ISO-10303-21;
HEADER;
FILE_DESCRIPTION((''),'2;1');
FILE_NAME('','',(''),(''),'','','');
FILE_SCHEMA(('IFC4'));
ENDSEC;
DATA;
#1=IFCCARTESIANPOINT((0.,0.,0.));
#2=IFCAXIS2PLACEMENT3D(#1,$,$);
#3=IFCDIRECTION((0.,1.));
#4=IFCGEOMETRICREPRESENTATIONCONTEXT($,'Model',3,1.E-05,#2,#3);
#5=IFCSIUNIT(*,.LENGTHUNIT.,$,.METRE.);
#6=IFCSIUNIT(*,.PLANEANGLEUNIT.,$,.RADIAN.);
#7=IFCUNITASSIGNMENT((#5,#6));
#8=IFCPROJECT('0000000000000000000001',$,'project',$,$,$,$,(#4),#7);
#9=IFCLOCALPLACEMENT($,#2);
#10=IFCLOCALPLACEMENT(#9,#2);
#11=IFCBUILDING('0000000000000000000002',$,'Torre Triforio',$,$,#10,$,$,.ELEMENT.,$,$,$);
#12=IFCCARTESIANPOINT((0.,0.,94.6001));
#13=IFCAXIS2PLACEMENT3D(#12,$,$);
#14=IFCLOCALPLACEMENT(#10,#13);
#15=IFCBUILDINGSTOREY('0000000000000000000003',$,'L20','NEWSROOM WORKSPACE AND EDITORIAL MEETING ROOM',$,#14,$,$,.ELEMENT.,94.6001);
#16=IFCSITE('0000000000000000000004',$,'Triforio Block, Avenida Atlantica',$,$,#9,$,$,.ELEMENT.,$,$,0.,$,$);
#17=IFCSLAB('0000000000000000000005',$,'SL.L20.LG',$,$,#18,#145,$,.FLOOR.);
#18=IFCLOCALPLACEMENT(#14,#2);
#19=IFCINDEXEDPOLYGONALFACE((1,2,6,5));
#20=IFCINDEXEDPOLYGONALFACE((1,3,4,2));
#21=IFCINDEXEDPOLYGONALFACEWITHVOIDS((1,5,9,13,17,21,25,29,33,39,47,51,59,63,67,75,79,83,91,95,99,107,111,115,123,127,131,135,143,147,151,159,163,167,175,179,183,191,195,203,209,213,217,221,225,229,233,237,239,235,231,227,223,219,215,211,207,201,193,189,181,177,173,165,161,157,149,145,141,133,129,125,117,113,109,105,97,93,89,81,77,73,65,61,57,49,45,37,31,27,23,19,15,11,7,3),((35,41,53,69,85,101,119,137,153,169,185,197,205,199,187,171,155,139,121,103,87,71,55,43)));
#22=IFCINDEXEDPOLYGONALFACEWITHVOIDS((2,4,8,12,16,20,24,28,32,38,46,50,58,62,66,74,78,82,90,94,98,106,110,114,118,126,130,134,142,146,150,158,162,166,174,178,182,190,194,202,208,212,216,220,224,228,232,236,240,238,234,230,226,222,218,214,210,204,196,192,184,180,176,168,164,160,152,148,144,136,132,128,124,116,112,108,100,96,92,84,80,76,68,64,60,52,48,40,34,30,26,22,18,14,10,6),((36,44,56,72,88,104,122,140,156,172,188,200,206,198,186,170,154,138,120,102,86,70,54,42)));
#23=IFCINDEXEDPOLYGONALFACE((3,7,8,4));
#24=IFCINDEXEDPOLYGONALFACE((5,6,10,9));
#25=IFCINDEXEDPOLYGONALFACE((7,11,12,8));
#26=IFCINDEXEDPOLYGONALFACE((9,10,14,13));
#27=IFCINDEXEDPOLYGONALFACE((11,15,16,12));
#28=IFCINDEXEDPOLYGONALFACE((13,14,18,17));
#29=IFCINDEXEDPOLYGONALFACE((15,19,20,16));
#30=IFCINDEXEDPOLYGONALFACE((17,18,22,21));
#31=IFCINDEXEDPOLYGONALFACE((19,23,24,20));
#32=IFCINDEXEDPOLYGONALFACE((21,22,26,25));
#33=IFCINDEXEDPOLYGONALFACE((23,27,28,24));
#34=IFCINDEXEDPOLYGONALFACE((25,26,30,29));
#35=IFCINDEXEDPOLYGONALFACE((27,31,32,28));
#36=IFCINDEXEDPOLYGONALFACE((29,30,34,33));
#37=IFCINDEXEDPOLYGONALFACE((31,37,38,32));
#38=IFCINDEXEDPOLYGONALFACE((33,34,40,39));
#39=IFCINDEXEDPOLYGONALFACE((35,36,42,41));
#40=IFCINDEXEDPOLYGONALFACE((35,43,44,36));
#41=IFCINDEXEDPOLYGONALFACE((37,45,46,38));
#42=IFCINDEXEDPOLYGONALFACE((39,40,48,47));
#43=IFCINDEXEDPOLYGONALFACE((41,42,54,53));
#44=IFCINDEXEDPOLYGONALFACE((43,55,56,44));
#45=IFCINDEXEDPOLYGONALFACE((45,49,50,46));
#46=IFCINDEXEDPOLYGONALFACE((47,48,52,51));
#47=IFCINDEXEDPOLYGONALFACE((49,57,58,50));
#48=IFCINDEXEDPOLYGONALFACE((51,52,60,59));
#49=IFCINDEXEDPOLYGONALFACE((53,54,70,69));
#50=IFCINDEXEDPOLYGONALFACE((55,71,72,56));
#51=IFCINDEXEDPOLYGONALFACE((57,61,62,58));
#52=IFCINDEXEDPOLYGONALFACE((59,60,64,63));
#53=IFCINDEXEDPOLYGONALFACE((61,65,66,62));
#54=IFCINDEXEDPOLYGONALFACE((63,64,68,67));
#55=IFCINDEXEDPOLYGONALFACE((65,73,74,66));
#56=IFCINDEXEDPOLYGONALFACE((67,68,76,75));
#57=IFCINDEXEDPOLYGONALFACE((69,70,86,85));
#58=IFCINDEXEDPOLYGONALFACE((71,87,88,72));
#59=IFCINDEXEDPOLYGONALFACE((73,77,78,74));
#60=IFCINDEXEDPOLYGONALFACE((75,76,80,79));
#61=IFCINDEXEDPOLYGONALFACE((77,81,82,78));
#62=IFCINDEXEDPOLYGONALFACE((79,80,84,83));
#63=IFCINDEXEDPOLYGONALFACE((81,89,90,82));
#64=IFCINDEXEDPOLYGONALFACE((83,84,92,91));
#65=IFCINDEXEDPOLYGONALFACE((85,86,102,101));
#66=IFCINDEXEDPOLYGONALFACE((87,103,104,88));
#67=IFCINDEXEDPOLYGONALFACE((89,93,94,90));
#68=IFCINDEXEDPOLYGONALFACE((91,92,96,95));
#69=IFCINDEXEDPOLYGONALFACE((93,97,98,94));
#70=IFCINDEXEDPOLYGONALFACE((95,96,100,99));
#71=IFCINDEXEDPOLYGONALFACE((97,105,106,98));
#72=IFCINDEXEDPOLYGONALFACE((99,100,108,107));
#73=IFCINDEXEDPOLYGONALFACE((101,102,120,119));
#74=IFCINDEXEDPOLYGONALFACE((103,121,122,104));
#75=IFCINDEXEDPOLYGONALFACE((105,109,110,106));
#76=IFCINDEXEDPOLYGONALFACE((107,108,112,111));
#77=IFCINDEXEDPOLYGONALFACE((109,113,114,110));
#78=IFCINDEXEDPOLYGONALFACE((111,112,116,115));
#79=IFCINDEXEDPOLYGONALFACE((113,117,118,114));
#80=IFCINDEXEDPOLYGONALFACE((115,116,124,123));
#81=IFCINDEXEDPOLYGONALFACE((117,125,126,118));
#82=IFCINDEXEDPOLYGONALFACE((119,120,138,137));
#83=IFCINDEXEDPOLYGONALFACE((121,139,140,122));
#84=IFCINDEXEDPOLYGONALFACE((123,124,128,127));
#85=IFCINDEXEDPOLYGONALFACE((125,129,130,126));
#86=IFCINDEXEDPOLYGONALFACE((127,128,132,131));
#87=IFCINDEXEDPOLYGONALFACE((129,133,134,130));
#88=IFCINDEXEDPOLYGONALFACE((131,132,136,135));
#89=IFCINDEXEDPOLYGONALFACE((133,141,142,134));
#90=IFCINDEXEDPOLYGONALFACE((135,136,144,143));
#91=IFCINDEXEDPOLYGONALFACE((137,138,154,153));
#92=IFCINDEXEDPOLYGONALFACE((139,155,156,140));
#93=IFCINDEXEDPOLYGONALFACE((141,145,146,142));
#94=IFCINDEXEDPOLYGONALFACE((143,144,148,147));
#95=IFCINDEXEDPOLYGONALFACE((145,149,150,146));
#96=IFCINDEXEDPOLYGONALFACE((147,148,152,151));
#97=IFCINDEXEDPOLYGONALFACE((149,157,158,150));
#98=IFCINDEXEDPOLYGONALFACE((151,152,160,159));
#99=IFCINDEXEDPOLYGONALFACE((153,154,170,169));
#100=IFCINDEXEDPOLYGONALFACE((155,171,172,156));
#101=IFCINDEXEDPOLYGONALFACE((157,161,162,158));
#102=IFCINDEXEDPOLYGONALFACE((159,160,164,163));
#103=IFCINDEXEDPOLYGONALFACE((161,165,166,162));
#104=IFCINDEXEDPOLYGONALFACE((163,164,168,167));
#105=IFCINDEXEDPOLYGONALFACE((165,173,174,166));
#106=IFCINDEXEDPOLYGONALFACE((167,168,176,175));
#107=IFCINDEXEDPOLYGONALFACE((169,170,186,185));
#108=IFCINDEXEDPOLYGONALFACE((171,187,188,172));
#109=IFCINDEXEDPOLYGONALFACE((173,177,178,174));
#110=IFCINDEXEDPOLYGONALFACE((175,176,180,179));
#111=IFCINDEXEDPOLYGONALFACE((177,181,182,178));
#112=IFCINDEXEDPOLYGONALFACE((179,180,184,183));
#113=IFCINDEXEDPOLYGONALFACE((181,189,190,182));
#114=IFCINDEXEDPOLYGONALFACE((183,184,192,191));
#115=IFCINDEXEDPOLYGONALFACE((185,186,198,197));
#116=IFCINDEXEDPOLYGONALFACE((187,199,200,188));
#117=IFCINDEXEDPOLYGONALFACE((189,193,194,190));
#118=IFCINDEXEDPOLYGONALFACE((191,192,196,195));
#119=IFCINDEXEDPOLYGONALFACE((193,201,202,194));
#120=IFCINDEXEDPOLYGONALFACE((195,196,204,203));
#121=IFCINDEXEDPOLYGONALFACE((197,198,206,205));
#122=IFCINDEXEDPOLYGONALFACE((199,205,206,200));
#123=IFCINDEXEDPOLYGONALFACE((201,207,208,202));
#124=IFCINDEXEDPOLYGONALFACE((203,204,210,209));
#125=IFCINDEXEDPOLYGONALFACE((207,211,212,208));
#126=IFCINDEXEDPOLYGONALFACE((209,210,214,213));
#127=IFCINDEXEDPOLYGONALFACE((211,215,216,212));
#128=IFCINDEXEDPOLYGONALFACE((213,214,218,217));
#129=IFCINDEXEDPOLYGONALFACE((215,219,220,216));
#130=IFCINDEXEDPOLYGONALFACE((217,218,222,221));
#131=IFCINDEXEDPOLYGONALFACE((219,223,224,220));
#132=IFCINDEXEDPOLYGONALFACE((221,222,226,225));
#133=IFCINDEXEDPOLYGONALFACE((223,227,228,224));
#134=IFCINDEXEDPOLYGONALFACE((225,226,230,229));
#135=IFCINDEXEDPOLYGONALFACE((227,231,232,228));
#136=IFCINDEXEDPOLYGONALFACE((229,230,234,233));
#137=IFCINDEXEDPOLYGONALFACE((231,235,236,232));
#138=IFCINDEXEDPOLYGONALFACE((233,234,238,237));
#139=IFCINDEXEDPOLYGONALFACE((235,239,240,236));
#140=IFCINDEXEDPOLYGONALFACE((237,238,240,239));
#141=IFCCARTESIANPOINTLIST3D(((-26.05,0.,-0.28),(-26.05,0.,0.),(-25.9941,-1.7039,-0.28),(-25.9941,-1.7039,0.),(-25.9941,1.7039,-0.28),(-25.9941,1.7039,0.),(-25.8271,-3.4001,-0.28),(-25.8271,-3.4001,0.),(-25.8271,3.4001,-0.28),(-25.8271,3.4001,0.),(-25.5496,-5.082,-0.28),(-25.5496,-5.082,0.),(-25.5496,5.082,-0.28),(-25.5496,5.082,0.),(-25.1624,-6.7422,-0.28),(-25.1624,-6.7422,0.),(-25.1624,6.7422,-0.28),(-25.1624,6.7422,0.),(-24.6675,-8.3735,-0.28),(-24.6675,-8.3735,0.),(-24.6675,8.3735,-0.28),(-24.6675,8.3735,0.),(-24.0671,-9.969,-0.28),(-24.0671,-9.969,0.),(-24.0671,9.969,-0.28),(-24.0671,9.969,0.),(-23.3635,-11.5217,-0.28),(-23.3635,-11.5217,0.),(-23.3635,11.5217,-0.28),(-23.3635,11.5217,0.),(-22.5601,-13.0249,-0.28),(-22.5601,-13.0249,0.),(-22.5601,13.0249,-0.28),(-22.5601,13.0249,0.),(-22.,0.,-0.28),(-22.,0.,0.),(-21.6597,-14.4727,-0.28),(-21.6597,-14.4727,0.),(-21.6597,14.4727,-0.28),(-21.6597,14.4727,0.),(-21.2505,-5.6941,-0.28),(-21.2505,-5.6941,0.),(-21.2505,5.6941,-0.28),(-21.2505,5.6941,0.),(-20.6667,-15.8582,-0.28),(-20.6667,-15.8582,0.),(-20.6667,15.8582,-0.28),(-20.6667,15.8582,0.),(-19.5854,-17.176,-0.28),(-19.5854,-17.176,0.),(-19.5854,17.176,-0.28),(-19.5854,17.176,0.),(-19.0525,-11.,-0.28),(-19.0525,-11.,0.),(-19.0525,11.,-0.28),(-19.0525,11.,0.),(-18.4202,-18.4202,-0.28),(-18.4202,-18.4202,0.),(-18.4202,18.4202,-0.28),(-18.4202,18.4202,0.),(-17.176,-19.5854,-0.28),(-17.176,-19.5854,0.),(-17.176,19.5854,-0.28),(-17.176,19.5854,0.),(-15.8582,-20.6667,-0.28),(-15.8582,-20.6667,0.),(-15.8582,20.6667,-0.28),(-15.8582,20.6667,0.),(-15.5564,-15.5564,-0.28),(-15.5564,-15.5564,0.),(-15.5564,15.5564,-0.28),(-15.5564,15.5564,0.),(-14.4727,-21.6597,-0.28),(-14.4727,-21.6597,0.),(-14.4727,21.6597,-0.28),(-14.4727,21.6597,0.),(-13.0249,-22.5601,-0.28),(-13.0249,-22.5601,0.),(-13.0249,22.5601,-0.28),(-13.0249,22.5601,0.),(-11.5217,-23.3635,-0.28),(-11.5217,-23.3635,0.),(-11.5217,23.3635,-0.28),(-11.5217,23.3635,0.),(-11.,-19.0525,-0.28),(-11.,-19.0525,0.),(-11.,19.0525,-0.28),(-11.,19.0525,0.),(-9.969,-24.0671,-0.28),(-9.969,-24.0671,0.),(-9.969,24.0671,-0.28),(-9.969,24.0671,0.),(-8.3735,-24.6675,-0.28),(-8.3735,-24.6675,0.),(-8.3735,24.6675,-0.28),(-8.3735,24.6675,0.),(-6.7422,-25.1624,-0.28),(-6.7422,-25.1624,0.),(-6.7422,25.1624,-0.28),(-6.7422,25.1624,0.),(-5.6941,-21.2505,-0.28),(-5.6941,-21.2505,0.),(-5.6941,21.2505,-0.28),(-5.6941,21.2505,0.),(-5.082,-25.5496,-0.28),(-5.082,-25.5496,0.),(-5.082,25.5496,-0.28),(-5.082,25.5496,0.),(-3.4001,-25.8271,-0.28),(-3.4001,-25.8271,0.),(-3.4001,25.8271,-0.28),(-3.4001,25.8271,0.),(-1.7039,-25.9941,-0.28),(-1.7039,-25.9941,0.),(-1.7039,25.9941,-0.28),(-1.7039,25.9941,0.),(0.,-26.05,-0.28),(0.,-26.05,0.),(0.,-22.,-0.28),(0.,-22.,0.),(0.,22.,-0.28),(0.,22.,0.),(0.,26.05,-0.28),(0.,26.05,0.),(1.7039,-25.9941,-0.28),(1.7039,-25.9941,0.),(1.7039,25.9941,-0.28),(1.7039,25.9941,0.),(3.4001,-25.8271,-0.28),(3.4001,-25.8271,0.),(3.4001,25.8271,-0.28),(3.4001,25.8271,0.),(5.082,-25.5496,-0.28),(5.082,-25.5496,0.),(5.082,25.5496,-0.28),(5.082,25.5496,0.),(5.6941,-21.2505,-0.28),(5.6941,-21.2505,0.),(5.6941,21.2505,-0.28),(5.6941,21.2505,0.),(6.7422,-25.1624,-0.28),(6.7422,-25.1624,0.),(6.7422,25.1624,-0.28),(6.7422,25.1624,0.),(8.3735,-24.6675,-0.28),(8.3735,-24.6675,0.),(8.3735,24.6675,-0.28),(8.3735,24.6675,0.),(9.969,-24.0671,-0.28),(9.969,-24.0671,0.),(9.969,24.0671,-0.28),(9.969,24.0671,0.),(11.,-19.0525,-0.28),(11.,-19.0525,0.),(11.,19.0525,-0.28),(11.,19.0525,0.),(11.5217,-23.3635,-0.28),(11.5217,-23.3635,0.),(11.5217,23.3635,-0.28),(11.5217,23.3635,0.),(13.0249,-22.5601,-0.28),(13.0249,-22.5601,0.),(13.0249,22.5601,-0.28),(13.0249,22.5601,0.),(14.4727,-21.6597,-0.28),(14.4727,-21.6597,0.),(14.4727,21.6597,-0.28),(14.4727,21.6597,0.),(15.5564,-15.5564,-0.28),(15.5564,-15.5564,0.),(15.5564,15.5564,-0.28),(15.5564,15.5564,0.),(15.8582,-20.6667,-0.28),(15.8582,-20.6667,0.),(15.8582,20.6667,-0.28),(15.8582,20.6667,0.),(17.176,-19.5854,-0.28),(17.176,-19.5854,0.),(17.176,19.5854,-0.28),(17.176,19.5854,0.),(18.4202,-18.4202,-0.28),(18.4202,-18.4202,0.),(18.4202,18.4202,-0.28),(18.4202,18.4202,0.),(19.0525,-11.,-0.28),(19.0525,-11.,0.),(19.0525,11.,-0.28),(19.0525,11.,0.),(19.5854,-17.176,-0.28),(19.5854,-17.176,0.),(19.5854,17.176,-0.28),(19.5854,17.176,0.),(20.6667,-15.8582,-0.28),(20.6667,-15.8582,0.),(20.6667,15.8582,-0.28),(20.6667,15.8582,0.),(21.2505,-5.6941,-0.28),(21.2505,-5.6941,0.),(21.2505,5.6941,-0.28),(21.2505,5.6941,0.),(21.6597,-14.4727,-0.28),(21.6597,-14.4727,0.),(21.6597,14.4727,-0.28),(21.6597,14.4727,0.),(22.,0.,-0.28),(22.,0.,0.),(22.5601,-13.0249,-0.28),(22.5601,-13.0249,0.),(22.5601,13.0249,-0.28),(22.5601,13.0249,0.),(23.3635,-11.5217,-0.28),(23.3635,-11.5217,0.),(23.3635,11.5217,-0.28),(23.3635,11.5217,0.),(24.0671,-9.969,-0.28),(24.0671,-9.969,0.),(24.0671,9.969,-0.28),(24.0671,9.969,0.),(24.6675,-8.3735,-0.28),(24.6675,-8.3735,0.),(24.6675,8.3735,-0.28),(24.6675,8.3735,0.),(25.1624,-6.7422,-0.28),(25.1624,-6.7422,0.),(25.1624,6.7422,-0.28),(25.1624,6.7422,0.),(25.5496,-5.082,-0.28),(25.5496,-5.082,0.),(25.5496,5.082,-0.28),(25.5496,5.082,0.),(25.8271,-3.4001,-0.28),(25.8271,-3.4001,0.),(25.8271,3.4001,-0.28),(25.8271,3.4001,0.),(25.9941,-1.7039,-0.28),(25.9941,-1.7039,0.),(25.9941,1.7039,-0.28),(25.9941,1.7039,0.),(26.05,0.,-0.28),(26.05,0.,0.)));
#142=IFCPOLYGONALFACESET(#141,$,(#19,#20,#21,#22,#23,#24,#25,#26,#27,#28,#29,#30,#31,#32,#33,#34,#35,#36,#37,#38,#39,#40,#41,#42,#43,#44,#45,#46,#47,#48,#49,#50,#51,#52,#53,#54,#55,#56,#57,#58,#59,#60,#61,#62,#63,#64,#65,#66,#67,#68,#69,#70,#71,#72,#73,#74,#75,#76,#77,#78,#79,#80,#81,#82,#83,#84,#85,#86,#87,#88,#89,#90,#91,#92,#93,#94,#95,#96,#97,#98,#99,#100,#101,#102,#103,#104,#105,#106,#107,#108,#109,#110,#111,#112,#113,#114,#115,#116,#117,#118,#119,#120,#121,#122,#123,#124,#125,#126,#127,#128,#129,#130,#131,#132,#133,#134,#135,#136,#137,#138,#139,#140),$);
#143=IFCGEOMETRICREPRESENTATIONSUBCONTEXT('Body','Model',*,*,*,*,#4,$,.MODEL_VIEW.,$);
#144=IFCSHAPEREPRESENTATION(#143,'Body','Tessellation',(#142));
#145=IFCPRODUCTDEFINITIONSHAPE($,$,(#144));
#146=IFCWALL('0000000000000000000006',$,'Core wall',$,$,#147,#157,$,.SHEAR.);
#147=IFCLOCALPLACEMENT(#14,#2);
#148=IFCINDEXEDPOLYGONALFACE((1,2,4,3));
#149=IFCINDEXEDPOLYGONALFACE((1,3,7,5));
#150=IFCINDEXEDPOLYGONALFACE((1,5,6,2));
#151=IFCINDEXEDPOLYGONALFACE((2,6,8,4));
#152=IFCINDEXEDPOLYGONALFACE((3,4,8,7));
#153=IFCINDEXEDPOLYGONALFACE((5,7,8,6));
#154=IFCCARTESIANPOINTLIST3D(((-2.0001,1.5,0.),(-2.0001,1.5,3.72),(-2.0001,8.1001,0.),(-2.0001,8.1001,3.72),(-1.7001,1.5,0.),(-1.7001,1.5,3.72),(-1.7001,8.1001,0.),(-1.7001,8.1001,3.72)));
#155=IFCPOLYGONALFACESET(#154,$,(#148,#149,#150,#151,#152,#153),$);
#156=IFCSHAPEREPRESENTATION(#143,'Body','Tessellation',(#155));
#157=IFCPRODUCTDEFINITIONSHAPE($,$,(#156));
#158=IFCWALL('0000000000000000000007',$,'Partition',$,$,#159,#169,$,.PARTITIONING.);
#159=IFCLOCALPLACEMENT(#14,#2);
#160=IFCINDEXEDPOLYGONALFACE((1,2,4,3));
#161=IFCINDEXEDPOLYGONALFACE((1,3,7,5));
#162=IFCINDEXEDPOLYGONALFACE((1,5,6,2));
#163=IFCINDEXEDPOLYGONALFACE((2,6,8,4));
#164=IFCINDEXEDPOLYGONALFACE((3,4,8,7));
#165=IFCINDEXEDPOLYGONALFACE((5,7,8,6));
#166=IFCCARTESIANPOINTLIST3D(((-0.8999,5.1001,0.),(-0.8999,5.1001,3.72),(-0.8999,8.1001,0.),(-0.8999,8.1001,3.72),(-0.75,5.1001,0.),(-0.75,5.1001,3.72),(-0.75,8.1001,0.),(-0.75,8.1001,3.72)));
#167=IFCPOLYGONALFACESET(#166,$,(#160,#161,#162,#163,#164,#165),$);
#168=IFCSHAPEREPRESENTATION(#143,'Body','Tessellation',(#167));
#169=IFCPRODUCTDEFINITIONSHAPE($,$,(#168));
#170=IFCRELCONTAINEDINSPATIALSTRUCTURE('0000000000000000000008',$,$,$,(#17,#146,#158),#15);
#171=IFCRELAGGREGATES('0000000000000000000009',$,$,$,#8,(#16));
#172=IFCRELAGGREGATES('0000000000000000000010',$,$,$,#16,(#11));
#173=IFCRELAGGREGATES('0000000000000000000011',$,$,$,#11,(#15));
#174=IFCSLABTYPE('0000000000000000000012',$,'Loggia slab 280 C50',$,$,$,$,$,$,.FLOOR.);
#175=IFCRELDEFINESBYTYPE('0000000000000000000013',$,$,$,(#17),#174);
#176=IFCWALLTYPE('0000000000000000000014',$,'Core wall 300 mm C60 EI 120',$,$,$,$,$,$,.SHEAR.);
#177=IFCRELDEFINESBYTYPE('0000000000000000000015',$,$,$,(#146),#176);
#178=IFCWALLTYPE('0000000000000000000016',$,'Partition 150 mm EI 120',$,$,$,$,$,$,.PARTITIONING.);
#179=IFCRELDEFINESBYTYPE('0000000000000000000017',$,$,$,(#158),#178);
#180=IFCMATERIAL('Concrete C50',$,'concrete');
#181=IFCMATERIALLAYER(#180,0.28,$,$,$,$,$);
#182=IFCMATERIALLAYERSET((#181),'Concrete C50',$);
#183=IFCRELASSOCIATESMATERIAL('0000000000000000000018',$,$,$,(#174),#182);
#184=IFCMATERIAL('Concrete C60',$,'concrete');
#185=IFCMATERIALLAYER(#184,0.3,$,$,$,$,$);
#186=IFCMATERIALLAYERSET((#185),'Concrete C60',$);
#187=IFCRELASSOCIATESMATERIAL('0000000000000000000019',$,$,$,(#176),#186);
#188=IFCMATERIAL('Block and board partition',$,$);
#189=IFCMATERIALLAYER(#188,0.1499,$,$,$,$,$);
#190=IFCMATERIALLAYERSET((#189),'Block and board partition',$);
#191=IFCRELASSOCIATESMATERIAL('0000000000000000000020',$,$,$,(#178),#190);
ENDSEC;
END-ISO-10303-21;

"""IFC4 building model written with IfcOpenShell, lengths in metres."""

from ifc_helpers import new_model, si_unit, direction, frame, frame_2d, origin, place, context, subcontext, project, spatial, polyline, rectangle, outline, extrude, material, layer, layer_set, type_object, element, save


model = new_model("IFC4")

# Units and contexts
model_context = context("Model", 3, precision=1e-05, world=origin(), true_north=direction((0.0, 1.0)))
body_context = subcontext(model_context, "Body", "Model", "MODEL_VIEW")
ifc_project = project(units=[si_unit("LENGTHUNIT", "METRE"), si_unit("PLANEANGLEUNIT", "RADIAN")], contexts=[model_context])

# Site, building, storey
site_placement = place(None, origin())
site = spatial("IfcSite", under=ifc_project, at=site_placement, Name="Triforio Block, Avenida Atlantica", CompositionType="ELEMENT", RefElevation=0.0)
building_placement = place(site_placement, origin())
building = spatial("IfcBuilding", under=site, at=building_placement, Name="Torre Triforio", CompositionType="ELEMENT")
storey_placement = place(building_placement, frame((0.0, 0.0, 94.6001)))
storey = spatial("IfcBuildingStorey", under=building, at=storey_placement, Name="L20", Description="NEWSROOM WORKSPACE AND EDITORIAL MEETING ROOM", CompositionType="ELEMENT", Elevation=94.6001)

# Slab
ifc_material_1 = material(Name="Concrete C50", Category="concrete")
ifc_layer_1 = layer(ifc_material_1, 0.28)
ifc_layer_set_1 = layer_set([ifc_layer_1], Name="Concrete C50")
slab_type_1 = type_object("IfcSlabType", Name="Loggia slab 280 C50", PredefinedType="FLOOR", material=ifc_layer_set_1)
slab_1_placement = place(storey_placement, frame((0.0, 0.0, -0.28)))
element("IfcSlab", 1, at=slab_1_placement, inside=storey, type_object=slab_type_1, Name="SL.L20.LG", PredefinedType="FLOOR", context=body_context, shape_type="SweptSolid", body=[
    extrude(outline(polyline([(25.9941, -1.7039), (26.05, 0.0), (25.9941, 1.7039), (25.8271, 3.4001), (25.5496, 5.082), (25.1624, 6.7422), (24.6675, 8.3735), (24.0671, 9.969), (23.3635, 11.5217), (22.5601, 13.0249), (21.6597, 14.4727), (20.6667, 15.8582), (19.5854, 17.176), (18.4202, 18.4202), (17.176, 19.5854), (15.8582, 20.6667), (14.4727, 21.6597), (13.0249, 22.5601), (11.5217, 23.3635), (9.969, 24.0671), (8.3735, 24.6675), (6.7422, 25.1624), (5.082, 25.5496), (3.4001, 25.8271), (1.7039, 25.9941), (0.0, 26.05), (-1.7039, 25.9941), (-3.4001, 25.8271), (-5.082, 25.5496), (-6.7422, 25.1624), (-8.3735, 24.6675), (-9.969, 24.0671), (-11.5217, 23.3635), (-13.0249, 22.5601), (-14.4727, 21.6597), (-15.8582, 20.6667), (-17.176, 19.5854), (-18.4202, 18.4202), (-19.5854, 17.176), (-20.6667, 15.8582), (-21.6597, 14.4727), (-22.5601, 13.0249), (-23.3635, 11.5217), (-24.0671, 9.969), (-24.6675, 8.3735), (-25.1624, 6.7422), (-25.5496, 5.082), (-25.8271, 3.4001), (-25.9941, 1.7039), (-26.05, 0.0), (-25.9941, -1.7039), (-25.8271, -3.4001), (-25.5496, -5.082), (-25.1624, -6.7422), (-24.6675, -8.3735), (-24.0671, -9.969), (-23.3635, -11.5217), (-22.5601, -13.0249), (-21.6597, -14.4727), (-20.6667, -15.8582), (-19.5854, -17.176), (-18.4202, -18.4202), (-17.176, -19.5854), (-15.8582, -20.6667), (-14.4727, -21.6597), (-13.0249, -22.5601), (-11.5217, -23.3635), (-9.969, -24.0671), (-8.3735, -24.6675), (-6.7422, -25.1624), (-5.082, -25.5496), (-3.4001, -25.8271), (-1.7039, -25.9941), (0.0, -26.05), (1.7039, -25.9941), (3.4001, -25.8271), (5.082, -25.5496), (6.7422, -25.1624), (8.3735, -24.6675), (9.969, -24.0671), (11.5217, -23.3635), (13.0249, -22.5601), (14.4727, -21.6597), (15.8582, -20.6667), (17.176, -19.5854), (18.4202, -18.4202), (19.5854, -17.176), (20.6667, -15.8582), (21.6597, -14.4727), (22.5601, -13.0249), (23.3635, -11.5217), (24.0671, -9.969), (24.6675, -8.3735), (25.1624, -6.7422), (25.5496, -5.082), (25.8271, -3.4001), (25.9941, -1.7039)]), holes=[polyline([(21.2505, 5.6941), (22.0, 0.0), (21.2505, -5.6941), (19.0525, -11.0), (15.5564, -15.5564), (11.0, -19.0525), (5.6941, -21.2505), (0.0, -22.0), (-5.6941, -21.2505), (-11.0, -19.0525), (-15.5564, -15.5564), (-19.0525, -11.0), (-21.2505, -5.6941), (-22.0, 0.0), (-21.2505, 5.6941), (-19.0525, 11.0), (-15.5564, 15.5564), (-11.0, 19.0525), (-5.6941, 21.2505), (0.0, 22.0), (5.6941, 21.2505), (11.0, 19.0525), (15.5564, 15.5564), (19.0525, 11.0), (21.2505, 5.6941)])]), origin(), (0.0, 0.0, 1.0), 0.28),
])

# Walls
ifc_material_2 = material(Name="Concrete C60", Category="concrete")
ifc_layer_2 = layer(ifc_material_2, 0.3)
ifc_layer_set_2 = layer_set([ifc_layer_2], Name="Concrete C60")
wall_type_1 = type_object("IfcWallType", Name="Core wall 300 mm C60 EI 120", PredefinedType="SHEAR", material=ifc_layer_set_2)
wall_1_placement = place(storey_placement, frame((-1.8501, 1.5, 0.0), z_axis=(0.0, 0.0, 1.0), x_axis=(0.0, 1.0, 0.0)))
element("IfcWall", 2, at=wall_1_placement, inside=storey, type_object=wall_type_1, Name="Core wall", PredefinedType="SHEAR", context=body_context, shape_type="SweptSolid", body=[
    extrude(rectangle(XDim=6.6001, YDim=0.3, at=frame_2d((3.3, 0.0))), origin(), (0.0, 0.0, 1.0), 3.72),
])
ifc_material_3 = material(Name="Block and board partition")
ifc_layer_3 = layer(ifc_material_3, 0.1499)
ifc_layer_set_3 = layer_set([ifc_layer_3], Name="Block and board partition")
wall_type_2 = type_object("IfcWallType", Name="Partition 150 mm EI 120", PredefinedType="PARTITIONING", material=ifc_layer_set_3)
wall_2_placement = place(storey_placement, frame((-0.825, 5.1001, 0.0), z_axis=(0.0, 0.0, 1.0), x_axis=(0.0, 1.0, 0.0)))
element("IfcWall", 3, at=wall_2_placement, inside=storey, type_object=wall_type_2, Name="Partition", PredefinedType="PARTITIONING", context=body_context, shape_type="SweptSolid", body=[
    extrude(rectangle(XDim=3.0, YDim=0.1499, at=frame_2d((1.5, 0.0))), origin(), (0.0, 0.0, 1.0), 3.72),
])

save(model, "model.ifc")
